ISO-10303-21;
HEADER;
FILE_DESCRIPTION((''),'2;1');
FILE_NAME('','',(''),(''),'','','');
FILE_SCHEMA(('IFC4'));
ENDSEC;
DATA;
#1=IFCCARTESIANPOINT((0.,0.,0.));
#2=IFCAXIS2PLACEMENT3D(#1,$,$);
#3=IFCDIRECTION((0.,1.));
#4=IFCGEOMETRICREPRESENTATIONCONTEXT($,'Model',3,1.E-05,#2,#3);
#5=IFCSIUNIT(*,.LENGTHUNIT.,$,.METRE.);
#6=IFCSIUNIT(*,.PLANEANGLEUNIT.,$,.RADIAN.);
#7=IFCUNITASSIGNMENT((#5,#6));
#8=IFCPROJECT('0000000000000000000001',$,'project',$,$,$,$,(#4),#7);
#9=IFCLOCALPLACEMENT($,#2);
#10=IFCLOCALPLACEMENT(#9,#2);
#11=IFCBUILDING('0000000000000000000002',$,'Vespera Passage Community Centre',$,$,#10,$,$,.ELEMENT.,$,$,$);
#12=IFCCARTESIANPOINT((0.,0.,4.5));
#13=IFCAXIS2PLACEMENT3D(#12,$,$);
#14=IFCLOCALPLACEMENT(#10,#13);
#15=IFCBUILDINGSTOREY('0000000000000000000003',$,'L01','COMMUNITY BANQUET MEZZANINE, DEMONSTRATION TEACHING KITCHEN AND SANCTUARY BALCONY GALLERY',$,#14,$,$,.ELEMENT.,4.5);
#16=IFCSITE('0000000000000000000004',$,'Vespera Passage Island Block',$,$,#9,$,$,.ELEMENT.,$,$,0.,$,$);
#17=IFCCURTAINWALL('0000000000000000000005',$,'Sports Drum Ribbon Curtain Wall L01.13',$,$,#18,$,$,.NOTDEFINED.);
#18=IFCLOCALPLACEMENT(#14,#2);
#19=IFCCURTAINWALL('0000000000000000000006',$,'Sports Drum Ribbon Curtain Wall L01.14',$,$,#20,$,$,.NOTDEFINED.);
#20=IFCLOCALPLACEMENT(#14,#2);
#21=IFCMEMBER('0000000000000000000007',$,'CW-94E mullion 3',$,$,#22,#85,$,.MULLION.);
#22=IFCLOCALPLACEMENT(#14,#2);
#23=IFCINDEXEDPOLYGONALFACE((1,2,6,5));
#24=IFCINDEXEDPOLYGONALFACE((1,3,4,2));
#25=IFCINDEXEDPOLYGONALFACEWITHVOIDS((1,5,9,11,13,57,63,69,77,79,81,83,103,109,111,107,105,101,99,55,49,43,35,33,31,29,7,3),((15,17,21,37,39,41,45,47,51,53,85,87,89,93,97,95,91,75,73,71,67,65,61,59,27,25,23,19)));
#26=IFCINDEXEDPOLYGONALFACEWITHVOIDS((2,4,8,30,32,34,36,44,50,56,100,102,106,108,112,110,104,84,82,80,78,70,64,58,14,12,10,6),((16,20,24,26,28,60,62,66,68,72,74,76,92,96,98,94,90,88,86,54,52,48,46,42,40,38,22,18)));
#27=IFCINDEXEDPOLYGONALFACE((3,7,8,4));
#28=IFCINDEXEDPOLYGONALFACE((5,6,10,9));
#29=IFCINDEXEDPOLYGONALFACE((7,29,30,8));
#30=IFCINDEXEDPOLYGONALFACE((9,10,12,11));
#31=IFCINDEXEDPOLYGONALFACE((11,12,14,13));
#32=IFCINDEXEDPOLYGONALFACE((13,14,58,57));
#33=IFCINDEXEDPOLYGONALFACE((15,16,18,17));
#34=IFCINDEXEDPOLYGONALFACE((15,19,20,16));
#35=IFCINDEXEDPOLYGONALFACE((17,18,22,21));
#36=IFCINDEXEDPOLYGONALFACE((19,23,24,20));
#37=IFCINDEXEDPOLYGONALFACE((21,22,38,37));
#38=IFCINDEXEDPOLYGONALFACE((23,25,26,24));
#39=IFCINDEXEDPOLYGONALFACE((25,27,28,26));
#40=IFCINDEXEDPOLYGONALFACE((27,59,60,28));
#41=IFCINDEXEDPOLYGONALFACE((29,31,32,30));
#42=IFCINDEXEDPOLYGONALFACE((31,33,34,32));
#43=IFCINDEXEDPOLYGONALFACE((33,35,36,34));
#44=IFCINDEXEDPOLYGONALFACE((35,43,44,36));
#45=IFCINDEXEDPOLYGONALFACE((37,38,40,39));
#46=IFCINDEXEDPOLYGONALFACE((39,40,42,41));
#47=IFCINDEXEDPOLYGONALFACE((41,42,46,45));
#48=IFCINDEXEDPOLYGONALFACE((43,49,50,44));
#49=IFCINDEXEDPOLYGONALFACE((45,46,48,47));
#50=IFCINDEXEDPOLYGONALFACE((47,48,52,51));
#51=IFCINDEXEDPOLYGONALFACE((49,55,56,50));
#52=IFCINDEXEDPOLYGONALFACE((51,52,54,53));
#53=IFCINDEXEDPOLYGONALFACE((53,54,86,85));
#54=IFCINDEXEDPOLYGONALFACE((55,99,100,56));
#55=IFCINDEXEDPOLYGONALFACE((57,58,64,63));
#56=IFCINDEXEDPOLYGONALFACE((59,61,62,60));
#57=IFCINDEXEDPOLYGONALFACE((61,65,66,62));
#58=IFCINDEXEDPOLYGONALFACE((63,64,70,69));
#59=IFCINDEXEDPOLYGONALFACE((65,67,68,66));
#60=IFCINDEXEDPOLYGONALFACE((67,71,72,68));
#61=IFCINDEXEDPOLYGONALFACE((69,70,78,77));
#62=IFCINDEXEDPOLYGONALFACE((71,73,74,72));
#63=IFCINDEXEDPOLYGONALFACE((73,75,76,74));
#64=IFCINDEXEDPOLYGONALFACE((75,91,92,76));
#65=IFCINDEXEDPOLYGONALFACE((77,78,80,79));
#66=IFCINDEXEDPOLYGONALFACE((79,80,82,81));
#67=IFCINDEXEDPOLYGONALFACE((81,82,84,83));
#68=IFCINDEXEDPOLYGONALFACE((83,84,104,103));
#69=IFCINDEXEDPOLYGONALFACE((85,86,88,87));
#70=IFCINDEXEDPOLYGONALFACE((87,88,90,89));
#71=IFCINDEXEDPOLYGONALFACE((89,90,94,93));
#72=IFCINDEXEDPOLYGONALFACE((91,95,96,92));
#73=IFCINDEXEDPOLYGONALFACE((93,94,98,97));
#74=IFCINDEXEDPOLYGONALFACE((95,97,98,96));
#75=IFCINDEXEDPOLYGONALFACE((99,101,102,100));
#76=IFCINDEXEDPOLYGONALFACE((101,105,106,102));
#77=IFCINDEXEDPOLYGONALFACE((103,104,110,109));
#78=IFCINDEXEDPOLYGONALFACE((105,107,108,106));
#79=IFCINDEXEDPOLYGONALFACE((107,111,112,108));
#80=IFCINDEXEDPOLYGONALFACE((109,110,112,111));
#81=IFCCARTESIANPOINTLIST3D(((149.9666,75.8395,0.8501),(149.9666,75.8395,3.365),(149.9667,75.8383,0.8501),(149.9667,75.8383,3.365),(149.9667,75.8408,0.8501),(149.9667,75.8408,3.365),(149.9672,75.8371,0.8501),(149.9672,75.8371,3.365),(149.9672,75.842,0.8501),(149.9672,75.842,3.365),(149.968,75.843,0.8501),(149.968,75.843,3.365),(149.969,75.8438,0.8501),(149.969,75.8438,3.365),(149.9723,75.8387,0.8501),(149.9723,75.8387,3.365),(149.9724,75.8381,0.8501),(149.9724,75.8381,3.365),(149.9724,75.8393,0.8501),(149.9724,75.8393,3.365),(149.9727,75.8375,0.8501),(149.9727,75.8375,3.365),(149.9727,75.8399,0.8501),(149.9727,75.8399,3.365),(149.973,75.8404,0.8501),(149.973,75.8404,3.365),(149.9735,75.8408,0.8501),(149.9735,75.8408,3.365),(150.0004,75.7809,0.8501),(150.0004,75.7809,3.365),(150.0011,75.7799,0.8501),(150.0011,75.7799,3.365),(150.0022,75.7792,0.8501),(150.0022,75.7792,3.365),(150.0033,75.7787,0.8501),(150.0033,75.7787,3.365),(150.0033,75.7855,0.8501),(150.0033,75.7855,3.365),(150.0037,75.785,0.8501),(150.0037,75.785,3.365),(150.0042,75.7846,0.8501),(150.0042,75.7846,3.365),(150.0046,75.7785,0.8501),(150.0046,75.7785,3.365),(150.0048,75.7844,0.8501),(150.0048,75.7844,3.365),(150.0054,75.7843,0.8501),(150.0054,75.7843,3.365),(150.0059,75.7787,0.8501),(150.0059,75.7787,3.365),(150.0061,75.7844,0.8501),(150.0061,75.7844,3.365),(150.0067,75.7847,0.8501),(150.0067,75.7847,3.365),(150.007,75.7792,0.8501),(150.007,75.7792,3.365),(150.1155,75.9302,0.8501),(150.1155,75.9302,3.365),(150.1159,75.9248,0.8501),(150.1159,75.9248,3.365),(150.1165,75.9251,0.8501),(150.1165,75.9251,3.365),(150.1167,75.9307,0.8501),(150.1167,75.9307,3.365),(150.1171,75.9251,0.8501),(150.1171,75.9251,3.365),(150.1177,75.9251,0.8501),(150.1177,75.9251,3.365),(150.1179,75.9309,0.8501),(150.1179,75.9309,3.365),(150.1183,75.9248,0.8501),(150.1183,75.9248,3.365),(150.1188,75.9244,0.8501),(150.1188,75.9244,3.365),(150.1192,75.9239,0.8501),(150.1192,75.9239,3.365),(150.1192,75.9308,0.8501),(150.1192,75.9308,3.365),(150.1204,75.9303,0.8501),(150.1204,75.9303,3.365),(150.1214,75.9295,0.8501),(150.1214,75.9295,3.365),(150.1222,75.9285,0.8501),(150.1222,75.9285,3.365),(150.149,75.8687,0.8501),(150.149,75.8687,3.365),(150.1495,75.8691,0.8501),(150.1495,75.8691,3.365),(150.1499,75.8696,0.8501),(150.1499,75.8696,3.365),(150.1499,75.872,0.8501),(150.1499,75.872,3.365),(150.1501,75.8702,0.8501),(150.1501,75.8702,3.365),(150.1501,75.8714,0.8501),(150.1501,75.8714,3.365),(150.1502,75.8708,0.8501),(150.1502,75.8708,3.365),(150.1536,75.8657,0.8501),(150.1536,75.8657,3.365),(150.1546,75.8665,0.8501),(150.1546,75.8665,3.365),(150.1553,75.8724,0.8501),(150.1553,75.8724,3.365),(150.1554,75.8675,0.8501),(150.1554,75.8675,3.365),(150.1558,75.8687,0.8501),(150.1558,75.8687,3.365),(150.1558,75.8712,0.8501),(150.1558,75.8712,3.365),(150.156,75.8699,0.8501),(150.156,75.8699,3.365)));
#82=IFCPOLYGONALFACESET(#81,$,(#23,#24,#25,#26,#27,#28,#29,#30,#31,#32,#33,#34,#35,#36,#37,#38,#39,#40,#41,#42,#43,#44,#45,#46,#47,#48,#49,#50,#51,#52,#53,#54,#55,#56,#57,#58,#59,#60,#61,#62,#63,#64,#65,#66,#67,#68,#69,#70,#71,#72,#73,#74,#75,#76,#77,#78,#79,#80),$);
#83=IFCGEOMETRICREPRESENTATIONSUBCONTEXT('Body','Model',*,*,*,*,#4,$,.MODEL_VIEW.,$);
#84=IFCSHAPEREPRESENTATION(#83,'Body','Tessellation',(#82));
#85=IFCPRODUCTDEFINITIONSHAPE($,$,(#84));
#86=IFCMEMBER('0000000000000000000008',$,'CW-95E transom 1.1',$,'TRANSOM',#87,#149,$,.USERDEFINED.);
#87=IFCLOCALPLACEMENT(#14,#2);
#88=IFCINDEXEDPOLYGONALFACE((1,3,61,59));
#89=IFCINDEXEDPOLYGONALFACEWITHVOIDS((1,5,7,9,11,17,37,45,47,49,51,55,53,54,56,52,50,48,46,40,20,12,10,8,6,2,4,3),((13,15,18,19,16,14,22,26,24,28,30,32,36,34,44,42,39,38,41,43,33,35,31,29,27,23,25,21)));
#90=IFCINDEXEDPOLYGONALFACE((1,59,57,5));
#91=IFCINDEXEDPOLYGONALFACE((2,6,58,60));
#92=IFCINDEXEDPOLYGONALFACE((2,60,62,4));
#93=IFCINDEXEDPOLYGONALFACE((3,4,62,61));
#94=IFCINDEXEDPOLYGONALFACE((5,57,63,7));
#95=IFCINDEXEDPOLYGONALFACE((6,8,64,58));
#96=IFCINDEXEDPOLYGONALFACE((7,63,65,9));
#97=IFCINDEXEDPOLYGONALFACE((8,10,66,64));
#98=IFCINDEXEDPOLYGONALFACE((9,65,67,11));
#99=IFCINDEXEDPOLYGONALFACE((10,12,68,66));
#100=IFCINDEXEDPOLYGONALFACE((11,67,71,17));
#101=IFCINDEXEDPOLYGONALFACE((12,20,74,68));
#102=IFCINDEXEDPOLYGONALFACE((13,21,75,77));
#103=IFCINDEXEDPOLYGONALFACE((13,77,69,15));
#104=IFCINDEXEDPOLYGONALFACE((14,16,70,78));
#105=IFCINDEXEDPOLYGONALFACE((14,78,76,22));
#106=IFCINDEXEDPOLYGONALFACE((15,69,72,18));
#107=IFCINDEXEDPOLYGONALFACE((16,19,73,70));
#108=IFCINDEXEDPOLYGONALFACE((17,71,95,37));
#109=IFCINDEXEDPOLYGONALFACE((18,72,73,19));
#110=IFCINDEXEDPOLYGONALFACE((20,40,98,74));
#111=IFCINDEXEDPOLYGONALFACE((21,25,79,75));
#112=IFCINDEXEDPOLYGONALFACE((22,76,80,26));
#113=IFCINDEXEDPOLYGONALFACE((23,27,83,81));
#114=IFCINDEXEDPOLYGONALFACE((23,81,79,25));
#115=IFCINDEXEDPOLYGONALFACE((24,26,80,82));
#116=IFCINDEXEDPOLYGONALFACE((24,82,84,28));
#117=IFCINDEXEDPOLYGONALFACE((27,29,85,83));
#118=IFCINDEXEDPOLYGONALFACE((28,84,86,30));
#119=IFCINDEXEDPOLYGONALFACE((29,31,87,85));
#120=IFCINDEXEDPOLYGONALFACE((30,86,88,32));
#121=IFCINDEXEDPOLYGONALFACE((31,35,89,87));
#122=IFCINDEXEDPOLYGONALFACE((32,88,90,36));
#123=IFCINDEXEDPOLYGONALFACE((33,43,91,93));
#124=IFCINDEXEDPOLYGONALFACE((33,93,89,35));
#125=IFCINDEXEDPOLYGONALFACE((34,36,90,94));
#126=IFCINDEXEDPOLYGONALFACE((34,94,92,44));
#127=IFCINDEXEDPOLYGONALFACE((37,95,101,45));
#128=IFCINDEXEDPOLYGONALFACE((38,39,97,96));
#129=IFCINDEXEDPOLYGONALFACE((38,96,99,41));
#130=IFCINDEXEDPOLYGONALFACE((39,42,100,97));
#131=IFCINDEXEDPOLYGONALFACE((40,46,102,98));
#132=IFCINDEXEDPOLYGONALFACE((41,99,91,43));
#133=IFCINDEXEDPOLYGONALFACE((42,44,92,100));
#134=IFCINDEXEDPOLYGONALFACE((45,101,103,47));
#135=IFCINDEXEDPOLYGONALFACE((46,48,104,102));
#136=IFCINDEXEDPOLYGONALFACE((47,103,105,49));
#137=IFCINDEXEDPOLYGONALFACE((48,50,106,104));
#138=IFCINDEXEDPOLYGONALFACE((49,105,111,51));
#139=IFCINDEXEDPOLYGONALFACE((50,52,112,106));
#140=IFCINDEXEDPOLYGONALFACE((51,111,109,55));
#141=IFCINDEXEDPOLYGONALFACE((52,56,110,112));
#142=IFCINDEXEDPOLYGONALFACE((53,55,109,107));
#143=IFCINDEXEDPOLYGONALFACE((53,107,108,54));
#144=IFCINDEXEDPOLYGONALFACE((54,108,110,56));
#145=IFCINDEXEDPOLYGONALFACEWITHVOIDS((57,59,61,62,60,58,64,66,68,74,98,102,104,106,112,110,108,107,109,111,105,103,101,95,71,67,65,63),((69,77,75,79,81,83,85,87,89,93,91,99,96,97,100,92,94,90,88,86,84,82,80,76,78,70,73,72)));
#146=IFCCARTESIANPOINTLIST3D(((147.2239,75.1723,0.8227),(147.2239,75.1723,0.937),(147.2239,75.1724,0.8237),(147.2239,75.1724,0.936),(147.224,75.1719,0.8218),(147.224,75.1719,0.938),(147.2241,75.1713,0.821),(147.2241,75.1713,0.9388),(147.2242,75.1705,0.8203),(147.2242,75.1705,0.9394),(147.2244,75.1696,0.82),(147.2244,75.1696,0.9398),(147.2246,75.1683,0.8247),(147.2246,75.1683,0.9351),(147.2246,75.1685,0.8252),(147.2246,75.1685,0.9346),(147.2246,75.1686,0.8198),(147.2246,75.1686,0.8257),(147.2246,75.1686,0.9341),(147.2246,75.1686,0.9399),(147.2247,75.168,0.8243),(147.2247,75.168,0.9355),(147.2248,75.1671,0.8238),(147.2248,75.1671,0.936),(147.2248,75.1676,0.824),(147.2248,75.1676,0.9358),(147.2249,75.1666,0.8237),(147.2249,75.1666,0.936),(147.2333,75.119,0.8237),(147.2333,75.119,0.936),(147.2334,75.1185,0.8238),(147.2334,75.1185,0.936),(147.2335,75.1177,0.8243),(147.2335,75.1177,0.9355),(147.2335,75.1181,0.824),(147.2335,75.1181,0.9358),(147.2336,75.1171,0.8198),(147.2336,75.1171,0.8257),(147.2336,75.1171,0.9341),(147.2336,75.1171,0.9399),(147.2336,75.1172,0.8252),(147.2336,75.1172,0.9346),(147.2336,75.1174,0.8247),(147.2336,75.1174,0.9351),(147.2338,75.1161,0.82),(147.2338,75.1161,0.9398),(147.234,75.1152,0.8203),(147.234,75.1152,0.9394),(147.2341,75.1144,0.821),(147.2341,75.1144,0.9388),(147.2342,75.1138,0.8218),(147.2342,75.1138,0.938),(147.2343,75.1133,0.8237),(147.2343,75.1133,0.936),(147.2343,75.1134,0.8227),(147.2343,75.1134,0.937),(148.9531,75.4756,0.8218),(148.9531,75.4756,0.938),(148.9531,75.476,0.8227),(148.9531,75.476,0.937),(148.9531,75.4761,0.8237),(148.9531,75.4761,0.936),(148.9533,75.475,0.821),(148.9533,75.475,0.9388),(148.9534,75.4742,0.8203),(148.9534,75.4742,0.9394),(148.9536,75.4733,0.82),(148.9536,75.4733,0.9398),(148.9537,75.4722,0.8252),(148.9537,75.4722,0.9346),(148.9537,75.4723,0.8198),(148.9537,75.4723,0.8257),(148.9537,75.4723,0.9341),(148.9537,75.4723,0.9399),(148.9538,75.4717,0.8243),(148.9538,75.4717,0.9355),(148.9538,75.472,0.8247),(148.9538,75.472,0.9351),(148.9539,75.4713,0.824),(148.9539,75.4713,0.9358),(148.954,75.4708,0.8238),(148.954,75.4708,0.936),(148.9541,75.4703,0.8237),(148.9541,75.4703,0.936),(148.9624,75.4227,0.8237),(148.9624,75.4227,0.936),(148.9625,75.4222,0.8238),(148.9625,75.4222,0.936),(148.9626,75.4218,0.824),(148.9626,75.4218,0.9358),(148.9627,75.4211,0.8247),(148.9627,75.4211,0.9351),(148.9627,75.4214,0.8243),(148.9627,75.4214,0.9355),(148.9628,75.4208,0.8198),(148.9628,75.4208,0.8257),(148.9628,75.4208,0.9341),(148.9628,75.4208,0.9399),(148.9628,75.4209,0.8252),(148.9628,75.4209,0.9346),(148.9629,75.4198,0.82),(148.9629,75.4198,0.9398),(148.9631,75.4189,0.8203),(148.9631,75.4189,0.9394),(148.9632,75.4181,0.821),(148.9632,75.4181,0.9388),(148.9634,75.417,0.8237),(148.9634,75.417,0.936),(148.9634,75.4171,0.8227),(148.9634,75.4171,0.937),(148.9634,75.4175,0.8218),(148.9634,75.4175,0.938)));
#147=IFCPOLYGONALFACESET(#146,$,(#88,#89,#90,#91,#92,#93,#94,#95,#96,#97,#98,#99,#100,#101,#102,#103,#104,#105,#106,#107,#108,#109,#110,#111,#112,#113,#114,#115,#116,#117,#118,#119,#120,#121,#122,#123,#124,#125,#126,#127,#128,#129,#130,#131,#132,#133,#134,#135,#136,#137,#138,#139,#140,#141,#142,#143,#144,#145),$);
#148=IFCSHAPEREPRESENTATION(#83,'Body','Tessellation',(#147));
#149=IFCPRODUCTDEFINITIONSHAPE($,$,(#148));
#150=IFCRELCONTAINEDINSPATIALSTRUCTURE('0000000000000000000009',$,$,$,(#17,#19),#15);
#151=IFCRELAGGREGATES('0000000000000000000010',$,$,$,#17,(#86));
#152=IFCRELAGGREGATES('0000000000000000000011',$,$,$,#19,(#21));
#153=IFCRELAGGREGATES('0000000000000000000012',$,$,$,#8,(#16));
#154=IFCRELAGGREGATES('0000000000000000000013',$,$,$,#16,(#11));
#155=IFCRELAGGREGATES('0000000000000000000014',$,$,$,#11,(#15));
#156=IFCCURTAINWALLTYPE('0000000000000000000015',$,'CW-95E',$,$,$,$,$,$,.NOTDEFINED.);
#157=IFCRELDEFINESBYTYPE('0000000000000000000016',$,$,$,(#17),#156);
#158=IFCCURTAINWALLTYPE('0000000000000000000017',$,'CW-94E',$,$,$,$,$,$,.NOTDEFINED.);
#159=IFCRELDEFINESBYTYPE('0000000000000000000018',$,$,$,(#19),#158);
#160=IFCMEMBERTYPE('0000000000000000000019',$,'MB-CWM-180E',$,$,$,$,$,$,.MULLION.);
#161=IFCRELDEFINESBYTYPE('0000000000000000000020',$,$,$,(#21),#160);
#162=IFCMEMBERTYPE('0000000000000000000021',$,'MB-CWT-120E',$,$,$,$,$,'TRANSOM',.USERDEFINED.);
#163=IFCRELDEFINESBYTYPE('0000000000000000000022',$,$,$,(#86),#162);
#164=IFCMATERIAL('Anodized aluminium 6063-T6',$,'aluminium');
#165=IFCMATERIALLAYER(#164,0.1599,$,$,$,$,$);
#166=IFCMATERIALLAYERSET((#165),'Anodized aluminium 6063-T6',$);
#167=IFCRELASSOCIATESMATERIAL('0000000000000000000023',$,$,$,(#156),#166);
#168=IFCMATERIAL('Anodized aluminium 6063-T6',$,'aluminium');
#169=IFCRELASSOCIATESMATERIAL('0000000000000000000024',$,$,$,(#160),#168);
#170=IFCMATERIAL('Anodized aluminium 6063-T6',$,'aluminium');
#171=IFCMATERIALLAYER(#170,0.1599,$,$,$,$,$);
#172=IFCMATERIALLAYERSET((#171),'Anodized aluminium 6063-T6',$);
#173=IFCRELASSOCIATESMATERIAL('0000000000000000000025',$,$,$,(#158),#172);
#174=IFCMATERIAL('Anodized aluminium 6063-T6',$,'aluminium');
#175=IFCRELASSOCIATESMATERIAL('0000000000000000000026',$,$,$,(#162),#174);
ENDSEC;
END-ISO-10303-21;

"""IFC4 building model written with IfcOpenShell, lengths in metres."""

from ifc_helpers import new_model, si_unit, direction, frame, origin, origin_2d, place, context, subcontext, project, spatial, hollow_rectangle, extrude, material, layer, layer_set, material_profile, profile_set, type_object, element, aggregate, save


model = new_model("IFC4")

# Units and contexts
model_context = context("Model", 3, precision=1e-05, world=origin(), true_north=direction((0.0, 1.0)))
body_context = subcontext(model_context, "Body", "Model", "MODEL_VIEW")
ifc_project = project(units=[si_unit("LENGTHUNIT", "METRE"), si_unit("PLANEANGLEUNIT", "RADIAN")], contexts=[model_context])

# Site, building, storey
site_placement = place(None, origin())
site = spatial("IfcSite", under=ifc_project, at=site_placement, Name="Vespera Passage Island Block", CompositionType="ELEMENT", RefElevation=0.0)
building_placement = place(site_placement, origin())
building = spatial("IfcBuilding", under=site, at=building_placement, Name="Vespera Passage Community Centre", CompositionType="ELEMENT")
storey_placement = place(building_placement, frame((0.0, 0.0, 4.5)))
storey = spatial("IfcBuildingStorey", under=building, at=storey_placement, Name="L01", Description="COMMUNITY BANQUET MEZZANINE, DEMONSTRATION TEACHING KITCHEN AND SANCTUARY BALCONY GALLERY", CompositionType="ELEMENT", Elevation=4.5)

# Curtain walls, member
ifc_material_1 = material(Name="Anodized aluminium 6063-T6", Category="aluminium")
ifc_layer_1 = layer(ifc_material_1, 0.1599)
ifc_layer_set_1 = layer_set([ifc_layer_1], Name="Anodized aluminium 6063-T6")
curtain_wall_type_1 = type_object("IfcCurtainWallType", Name="CW-95E", PredefinedType="NOTDEFINED", material=ifc_layer_set_1)
curtain_wall_1_placement = place(storey_placement, origin())
curtain_wall_1 = element("IfcCurtainWall", 1, at=curtain_wall_1_placement, inside=storey, type_object=curtain_wall_type_1, Name="Sports Drum Ribbon Curtain Wall L01.13", PredefinedType="NOTDEFINED")
ifc_material_2 = material(Name="Anodized aluminium 6063-T6", Category="aluminium")
ifc_material_profile_1 = material_profile(ifc_material_2, hollow_rectangle(XDim=0.075, YDim=0.1799, WallThickness=0.0049, InnerFilletRadius=0.0024, OuterFilletRadius=0.0049, at=origin_2d()), Name="ALU180X75X5")
ifc_profile_set_1 = profile_set([ifc_material_profile_1], Name="Anodized aluminium 6063-T6")
member_type_1 = type_object("IfcMemberType", Name="MB-CWM-180E", PredefinedType="MULLION", material=ifc_profile_set_1)
ifc_material_3 = material(Name="Anodized aluminium 6063-T6", Category="aluminium")
ifc_layer_2 = layer(ifc_material_3, 0.1599)
ifc_layer_set_2 = layer_set([ifc_layer_2], Name="Anodized aluminium 6063-T6")
curtain_wall_type_2 = type_object("IfcCurtainWallType", Name="CW-94E", PredefinedType="NOTDEFINED", material=ifc_layer_set_2)
curtain_wall_2_placement = place(storey_placement, origin())
curtain_wall_2 = element("IfcCurtainWall", 2, at=curtain_wall_2_placement, inside=storey, type_object=curtain_wall_type_2, Name="Sports Drum Ribbon Curtain Wall L01.14", PredefinedType="NOTDEFINED")
member_1_placement = place(storey_placement, frame((150.0613, 75.8547, 0.8501), z_axis=(0.0, 0.0, 1.0), x_axis=(0.50817, -0.861257, 0.0)))
member_1 = element("IfcMember", 3, at=member_1_placement, type_object=member_type_1, Name="CW-94E mullion 3", PredefinedType="MULLION", context=body_context, shape_type="SweptSolid", body=[
    extrude(hollow_rectangle(XDim=0.075, YDim=0.1799, WallThickness=0.0049, InnerFilletRadius=0.0024, OuterFilletRadius=0.0049, at=origin_2d()), origin(), (0.0, 0.0, 1.0), 2.5149),
])

# Member
ifc_material_4 = material(Name="Anodized aluminium 6063-T6", Category="aluminium")
ifc_material_profile_2 = material_profile(ifc_material_4, hollow_rectangle(XDim=0.0601, YDim=0.1201, WallThickness=0.0039, InnerFilletRadius=0.002, OuterFilletRadius=0.0039, at=origin_2d()), Name="ALU120X60X4")
ifc_profile_set_2 = profile_set([ifc_material_profile_2], Name="Anodized aluminium 6063-T6")
member_type_2 = type_object("IfcMemberType", Name="MB-CWT-120E", ElementType="TRANSOM", PredefinedType="USERDEFINED", material=ifc_profile_set_2)
member_2_placement = place(storey_placement, frame((148.9583, 75.4465, 0.8799), z_axis=(-0.984925, -0.172984, 0.0), x_axis=(0.172984, -0.984925, 0.0)))
member_2 = element("IfcMember", 4, at=member_2_placement, type_object=member_type_2, Name="CW-95E transom 1.1", ObjectType="TRANSOM", PredefinedType="USERDEFINED", context=body_context, shape_type="SweptSolid", body=[
    extrude(hollow_rectangle(XDim=0.0601, YDim=0.1201, WallThickness=0.0039, InnerFilletRadius=0.002, OuterFilletRadius=0.0039, at=origin_2d()), origin(), (0.0, 0.0, 1.0), 1.7556),
])

aggregate(curtain_wall_1, [member_2])
aggregate(curtain_wall_2, [member_1])

save(model, "model.ifc")
